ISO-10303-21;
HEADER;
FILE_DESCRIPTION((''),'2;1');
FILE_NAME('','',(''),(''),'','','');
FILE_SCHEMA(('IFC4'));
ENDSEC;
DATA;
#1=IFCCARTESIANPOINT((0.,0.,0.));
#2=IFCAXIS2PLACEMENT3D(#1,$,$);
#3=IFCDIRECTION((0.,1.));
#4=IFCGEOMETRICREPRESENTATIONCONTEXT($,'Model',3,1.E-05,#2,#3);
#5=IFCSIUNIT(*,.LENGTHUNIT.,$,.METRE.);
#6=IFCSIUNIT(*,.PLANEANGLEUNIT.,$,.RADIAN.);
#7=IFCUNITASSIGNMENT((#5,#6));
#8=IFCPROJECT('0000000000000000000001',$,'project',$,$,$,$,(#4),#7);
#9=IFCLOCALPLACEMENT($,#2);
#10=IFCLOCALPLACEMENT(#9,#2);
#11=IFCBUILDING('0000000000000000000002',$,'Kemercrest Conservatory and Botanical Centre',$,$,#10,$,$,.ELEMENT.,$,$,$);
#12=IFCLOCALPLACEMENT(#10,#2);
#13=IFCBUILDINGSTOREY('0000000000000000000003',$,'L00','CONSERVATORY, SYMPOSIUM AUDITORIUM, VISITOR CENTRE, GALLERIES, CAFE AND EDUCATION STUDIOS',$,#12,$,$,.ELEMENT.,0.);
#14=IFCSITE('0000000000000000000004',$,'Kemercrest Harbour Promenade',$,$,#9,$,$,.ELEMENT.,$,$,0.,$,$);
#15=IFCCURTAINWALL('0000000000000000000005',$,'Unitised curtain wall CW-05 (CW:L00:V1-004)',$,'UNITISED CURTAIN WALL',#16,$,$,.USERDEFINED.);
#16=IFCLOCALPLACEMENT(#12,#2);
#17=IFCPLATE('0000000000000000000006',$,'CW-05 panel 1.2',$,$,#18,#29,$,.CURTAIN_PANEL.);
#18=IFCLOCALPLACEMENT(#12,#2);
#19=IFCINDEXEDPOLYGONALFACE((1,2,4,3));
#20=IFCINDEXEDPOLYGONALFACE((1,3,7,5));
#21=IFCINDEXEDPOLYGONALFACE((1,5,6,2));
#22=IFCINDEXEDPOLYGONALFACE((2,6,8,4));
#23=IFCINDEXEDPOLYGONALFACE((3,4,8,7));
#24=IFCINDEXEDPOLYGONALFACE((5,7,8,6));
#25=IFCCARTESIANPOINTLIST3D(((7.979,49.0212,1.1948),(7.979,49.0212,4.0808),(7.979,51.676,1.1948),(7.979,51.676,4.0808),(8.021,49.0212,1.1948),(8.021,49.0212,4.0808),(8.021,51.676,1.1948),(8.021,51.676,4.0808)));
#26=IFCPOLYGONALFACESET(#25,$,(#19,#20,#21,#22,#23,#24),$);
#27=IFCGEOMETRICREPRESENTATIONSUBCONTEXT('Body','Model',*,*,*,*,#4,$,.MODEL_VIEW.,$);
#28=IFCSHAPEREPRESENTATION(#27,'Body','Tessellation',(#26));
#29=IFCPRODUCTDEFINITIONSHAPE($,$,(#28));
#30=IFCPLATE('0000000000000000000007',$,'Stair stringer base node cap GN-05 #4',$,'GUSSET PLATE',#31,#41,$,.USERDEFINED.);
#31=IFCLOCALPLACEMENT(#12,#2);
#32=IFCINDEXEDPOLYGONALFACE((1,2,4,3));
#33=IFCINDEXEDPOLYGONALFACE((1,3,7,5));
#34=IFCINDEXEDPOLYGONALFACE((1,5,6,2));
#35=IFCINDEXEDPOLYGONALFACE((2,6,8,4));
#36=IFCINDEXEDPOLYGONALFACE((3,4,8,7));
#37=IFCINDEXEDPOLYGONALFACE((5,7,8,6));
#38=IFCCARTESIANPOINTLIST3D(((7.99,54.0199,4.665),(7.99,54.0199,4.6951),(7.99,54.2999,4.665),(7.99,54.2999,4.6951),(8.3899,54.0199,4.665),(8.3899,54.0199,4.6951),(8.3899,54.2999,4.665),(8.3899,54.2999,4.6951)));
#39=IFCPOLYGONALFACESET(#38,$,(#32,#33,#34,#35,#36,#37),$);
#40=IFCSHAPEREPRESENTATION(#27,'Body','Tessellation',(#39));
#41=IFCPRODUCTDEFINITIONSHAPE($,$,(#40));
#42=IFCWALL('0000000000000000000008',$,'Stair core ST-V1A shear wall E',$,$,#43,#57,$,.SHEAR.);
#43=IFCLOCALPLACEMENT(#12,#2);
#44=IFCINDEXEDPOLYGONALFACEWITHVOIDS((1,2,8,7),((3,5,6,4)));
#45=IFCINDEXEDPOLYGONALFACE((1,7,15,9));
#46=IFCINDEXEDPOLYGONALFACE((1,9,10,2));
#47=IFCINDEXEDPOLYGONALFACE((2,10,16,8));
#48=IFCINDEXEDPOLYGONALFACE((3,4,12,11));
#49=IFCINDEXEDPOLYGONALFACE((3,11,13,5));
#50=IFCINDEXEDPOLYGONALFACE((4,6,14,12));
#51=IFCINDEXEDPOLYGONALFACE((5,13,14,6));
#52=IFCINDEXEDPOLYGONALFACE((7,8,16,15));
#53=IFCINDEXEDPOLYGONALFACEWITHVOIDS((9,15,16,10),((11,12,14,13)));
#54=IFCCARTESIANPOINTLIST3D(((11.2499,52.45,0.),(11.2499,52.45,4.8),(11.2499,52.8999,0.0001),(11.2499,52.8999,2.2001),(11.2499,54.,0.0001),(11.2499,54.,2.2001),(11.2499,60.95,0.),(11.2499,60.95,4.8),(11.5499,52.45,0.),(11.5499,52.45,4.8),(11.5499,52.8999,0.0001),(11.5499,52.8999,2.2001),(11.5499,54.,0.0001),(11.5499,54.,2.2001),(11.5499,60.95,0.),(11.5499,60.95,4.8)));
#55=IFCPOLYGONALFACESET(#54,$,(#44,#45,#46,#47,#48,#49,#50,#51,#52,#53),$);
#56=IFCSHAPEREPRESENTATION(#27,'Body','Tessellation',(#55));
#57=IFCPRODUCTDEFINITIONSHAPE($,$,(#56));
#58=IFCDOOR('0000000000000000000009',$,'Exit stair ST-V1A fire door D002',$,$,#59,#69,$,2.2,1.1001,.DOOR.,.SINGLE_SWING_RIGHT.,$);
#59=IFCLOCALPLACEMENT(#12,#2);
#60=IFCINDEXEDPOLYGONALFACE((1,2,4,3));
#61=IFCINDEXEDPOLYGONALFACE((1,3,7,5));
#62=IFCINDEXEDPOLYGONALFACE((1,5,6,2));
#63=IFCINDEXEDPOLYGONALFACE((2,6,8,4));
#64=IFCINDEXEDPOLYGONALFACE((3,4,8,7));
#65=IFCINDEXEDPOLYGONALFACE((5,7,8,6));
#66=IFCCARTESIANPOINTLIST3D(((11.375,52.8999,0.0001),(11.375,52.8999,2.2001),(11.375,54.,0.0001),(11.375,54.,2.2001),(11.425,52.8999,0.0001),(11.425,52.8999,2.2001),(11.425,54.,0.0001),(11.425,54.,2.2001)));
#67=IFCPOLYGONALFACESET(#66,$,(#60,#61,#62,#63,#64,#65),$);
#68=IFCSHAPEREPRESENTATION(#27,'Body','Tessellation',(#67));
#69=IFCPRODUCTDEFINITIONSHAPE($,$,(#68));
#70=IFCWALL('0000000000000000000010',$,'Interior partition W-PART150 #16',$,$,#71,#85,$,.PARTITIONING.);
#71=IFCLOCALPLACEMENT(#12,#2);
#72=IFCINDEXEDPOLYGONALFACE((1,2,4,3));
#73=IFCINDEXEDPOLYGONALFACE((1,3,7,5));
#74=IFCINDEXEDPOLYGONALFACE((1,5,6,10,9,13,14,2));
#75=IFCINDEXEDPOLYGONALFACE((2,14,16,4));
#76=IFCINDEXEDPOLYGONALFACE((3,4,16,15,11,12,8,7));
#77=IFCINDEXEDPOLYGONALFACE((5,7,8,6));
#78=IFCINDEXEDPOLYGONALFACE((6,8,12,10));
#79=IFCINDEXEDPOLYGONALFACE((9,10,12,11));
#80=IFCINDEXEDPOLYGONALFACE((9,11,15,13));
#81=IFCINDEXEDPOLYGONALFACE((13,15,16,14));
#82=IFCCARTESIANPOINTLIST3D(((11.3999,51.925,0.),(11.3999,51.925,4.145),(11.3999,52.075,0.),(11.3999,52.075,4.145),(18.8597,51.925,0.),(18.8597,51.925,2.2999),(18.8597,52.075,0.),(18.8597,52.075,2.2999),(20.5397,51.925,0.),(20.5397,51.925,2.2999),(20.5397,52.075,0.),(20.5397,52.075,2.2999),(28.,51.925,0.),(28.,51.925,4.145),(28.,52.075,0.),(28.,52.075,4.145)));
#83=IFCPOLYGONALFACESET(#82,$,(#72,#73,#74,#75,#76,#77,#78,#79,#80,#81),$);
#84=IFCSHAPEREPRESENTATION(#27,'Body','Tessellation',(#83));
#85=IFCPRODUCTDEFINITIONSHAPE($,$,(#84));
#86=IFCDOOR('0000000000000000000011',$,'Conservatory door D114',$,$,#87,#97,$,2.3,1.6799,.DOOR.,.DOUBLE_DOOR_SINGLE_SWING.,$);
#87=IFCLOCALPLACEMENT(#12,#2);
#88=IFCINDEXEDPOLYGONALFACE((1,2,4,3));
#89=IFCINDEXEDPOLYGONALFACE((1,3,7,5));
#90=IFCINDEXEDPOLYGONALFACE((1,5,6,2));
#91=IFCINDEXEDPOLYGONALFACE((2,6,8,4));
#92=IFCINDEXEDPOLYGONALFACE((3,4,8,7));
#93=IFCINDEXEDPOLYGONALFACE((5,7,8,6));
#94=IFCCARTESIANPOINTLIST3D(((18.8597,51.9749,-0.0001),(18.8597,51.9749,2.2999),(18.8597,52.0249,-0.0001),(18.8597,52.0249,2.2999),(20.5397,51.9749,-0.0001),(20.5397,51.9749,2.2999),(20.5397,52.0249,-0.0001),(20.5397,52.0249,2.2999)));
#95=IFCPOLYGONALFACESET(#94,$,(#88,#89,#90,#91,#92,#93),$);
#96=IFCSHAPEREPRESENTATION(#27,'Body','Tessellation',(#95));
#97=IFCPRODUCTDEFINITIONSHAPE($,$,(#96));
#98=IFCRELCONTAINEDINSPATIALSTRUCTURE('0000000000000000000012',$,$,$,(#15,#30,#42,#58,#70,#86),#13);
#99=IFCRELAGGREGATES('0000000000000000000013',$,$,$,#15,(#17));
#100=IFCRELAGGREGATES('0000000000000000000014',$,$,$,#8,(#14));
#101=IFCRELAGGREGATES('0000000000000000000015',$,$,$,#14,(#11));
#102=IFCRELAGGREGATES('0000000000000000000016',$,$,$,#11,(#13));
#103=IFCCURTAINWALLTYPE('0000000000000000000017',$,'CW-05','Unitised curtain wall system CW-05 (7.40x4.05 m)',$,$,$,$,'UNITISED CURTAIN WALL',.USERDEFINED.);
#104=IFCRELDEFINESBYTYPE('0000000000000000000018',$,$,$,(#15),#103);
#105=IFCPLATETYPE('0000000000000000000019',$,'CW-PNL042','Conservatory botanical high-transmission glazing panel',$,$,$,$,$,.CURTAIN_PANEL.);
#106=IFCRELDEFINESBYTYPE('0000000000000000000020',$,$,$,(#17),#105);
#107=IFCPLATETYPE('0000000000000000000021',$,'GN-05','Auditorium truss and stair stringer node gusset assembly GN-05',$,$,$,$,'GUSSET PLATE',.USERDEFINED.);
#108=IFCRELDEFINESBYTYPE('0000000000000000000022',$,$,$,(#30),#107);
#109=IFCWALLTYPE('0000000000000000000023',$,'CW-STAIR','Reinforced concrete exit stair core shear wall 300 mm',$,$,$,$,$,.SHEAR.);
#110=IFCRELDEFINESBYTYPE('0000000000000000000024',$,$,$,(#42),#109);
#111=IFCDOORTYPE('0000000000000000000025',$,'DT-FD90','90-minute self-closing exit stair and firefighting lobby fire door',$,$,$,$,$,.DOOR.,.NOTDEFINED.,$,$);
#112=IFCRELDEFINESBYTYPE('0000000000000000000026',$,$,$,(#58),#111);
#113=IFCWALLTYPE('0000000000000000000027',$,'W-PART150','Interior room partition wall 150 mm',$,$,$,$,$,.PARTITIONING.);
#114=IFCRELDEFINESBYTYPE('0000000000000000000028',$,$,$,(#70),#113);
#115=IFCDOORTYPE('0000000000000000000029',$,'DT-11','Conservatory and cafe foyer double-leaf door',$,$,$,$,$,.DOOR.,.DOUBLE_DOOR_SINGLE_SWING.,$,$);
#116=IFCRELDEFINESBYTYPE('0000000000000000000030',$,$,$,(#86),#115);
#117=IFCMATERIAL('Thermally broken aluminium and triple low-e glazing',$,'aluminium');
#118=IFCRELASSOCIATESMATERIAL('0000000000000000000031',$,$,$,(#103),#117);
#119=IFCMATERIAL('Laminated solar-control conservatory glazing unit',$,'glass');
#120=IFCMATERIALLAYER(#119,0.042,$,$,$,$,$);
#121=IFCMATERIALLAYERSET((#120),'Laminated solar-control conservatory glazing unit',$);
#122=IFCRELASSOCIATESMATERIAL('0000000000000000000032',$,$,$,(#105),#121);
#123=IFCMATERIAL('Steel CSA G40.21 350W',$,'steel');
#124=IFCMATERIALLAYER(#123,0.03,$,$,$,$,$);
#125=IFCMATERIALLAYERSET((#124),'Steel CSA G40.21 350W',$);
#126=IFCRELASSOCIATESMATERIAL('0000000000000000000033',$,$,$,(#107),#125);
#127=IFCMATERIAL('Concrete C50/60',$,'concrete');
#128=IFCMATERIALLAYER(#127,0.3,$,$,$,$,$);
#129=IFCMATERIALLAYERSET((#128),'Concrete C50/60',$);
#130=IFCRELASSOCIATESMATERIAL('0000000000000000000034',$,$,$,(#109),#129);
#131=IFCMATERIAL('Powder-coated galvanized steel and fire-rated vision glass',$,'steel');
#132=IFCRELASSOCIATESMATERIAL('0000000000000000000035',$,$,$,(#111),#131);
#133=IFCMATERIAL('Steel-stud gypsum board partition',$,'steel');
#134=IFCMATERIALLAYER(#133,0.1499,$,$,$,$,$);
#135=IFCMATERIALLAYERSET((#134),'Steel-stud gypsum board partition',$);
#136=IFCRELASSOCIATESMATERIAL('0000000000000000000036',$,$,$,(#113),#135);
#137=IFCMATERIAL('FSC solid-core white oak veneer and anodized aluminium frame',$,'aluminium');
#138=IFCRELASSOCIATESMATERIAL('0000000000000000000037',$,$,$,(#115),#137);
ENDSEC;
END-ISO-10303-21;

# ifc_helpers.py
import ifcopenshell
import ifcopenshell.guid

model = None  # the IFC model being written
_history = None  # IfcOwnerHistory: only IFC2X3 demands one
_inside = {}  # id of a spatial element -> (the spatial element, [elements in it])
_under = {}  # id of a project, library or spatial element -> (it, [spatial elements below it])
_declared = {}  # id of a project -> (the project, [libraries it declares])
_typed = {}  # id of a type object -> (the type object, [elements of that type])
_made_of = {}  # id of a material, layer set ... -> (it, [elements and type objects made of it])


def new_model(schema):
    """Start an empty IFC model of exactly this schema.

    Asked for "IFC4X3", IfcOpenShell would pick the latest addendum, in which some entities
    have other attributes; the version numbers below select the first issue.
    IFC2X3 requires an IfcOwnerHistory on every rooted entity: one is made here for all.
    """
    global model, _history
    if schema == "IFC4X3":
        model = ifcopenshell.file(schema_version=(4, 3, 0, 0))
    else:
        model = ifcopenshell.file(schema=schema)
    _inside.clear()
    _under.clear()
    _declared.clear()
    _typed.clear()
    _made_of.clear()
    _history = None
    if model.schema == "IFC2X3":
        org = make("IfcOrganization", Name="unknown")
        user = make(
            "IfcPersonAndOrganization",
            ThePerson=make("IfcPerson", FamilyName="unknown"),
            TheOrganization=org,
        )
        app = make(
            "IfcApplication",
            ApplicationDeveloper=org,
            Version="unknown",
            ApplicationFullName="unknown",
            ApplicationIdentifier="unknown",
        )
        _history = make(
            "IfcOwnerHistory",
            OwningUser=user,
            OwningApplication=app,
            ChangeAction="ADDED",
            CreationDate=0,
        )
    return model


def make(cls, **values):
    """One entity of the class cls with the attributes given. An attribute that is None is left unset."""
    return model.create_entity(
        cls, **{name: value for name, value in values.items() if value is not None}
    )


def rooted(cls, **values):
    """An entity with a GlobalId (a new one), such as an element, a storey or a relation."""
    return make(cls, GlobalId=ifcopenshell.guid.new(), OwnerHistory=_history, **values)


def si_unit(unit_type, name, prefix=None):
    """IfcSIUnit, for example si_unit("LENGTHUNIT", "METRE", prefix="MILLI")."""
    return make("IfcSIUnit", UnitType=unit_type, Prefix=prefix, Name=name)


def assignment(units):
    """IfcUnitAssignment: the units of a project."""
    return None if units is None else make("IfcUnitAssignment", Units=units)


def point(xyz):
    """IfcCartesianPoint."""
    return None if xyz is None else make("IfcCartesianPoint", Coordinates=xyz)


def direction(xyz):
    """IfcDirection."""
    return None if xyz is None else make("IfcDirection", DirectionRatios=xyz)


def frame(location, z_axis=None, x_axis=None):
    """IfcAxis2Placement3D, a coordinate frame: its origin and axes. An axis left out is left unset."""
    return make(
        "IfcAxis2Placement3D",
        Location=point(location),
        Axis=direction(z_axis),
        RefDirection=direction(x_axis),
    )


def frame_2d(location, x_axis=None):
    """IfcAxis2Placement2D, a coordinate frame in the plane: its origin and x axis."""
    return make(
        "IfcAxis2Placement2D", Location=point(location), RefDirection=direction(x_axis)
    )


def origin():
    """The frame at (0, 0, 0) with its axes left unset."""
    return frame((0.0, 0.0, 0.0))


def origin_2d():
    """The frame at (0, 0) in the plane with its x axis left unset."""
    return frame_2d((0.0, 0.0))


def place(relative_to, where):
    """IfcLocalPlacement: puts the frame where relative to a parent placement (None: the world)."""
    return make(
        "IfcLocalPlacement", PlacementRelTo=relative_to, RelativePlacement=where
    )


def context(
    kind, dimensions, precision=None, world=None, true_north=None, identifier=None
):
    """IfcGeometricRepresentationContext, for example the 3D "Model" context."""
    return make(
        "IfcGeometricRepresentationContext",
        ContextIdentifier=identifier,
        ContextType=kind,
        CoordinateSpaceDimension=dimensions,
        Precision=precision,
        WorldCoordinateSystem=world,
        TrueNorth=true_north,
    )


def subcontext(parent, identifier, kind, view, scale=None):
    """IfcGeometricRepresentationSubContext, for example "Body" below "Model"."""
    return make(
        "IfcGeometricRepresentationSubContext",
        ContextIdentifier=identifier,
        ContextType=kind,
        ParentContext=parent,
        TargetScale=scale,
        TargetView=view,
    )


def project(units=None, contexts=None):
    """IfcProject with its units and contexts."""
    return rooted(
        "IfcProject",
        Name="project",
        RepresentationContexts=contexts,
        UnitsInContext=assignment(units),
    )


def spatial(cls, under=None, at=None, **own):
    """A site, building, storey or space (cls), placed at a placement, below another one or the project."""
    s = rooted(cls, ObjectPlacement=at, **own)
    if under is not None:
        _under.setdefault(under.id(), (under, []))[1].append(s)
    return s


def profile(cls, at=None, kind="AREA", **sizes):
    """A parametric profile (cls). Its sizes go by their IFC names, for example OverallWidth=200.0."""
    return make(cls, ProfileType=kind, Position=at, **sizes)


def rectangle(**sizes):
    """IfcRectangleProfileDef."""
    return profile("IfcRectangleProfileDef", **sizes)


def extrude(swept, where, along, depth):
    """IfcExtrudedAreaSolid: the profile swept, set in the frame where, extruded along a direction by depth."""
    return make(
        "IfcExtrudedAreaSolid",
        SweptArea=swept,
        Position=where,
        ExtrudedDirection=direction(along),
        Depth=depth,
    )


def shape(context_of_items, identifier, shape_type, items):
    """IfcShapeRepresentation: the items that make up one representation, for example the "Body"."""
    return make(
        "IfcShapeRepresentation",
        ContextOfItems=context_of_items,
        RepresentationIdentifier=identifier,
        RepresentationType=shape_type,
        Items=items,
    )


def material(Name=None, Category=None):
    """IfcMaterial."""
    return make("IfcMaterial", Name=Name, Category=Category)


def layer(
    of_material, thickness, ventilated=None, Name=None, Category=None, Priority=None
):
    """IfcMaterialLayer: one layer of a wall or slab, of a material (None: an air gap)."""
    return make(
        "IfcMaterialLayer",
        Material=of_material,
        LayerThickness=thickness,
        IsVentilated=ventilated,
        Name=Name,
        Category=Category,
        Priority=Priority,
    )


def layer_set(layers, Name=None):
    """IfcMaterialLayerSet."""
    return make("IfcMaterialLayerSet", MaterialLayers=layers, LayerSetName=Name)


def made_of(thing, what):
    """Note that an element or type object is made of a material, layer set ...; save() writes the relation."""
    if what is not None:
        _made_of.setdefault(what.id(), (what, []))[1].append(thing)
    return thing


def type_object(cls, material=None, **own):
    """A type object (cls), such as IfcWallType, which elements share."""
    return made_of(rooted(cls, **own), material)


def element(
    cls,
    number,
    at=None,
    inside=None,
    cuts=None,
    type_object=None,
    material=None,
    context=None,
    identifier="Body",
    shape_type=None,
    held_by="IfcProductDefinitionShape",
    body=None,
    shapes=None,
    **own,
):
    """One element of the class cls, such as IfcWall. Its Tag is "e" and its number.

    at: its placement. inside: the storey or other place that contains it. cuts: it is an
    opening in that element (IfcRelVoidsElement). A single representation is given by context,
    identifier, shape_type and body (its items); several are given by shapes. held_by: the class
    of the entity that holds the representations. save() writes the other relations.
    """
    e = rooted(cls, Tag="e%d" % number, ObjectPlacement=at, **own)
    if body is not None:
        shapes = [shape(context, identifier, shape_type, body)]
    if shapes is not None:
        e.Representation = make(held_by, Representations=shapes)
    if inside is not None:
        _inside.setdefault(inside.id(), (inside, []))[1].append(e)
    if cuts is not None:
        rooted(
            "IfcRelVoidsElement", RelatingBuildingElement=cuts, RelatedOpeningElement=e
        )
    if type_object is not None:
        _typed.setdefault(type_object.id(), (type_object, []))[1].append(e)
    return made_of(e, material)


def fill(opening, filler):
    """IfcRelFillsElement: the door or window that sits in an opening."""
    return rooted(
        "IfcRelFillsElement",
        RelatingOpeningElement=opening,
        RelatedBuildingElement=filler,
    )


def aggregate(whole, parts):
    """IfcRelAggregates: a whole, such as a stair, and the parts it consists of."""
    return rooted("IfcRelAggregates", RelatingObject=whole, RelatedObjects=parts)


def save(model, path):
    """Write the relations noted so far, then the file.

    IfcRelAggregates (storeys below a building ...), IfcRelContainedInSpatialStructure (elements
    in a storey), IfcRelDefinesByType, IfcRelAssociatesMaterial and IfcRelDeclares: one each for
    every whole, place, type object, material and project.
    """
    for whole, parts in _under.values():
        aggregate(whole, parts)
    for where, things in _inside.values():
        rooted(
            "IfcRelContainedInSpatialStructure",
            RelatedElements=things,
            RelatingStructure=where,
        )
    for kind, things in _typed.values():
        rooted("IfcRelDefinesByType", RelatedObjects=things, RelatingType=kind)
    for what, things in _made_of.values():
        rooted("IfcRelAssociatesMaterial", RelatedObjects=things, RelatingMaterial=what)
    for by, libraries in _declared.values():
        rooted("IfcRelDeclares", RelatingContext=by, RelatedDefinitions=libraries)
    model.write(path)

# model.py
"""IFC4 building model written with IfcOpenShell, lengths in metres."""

from ifc_helpers import new_model, si_unit, direction, frame, frame_2d, origin, origin_2d, place, context, subcontext, project, spatial, rectangle, extrude, material, layer, layer_set, type_object, element, fill, aggregate, save


model = new_model("IFC4")

# Units and contexts
model_context = context("Model", 3, precision=1e-05, world=origin(), true_north=direction((0.0, 1.0)))
body_context = subcontext(model_context, "Body", "Model", "MODEL_VIEW")
ifc_project = project(units=[si_unit("LENGTHUNIT", "METRE"), si_unit("PLANEANGLEUNIT", "RADIAN")], contexts=[model_context])

# Site, building, storey
site_placement = place(None, origin())
site = spatial("IfcSite", under=ifc_project, at=site_placement, Name="Kemercrest Harbour Promenade", CompositionType="ELEMENT", RefElevation=0.0)
building_placement = place(site_placement, origin())
building = spatial("IfcBuilding", under=site, at=building_placement, Name="Kemercrest Conservatory and Botanical Centre", CompositionType="ELEMENT")
storey_placement = place(building_placement, origin())
storey = spatial("IfcBuildingStorey", under=building, at=storey_placement, Name="L00", Description="CONSERVATORY, SYMPOSIUM AUDITORIUM, VISITOR CENTRE, GALLERIES, CAFE AND EDUCATION STUDIOS", CompositionType="ELEMENT", Elevation=0.0)

# Shared definitions
ifc_material_1 = material(Name="Steel CSA G40.21 350W", Category="steel")

# Curtain wall
ifc_material_2 = material(Name="Thermally broken aluminium and triple low-e glazing", Category="aluminium")
curtain_wall_type = type_object("IfcCurtainWallType", Name="CW-05", Description="Unitised curtain wall system CW-05 (7.40x4.05 m)", ElementType="UNITISED CURTAIN WALL", PredefinedType="USERDEFINED", material=ifc_material_2)
curtain_wall_placement = place(storey_placement, origin())
curtain_wall = element("IfcCurtainWall", 1, at=curtain_wall_placement, inside=storey, type_object=curtain_wall_type, Name="Unitised curtain wall CW-05 (CW:L00:V1-004)", ObjectType="UNITISED CURTAIN WALL", PredefinedType="USERDEFINED")

# Plates
ifc_material_3 = material(Name="Laminated solar-control conservatory glazing unit", Category="glass")
ifc_layer_1 = layer(ifc_material_3, 0.042)
ifc_layer_set_1 = layer_set([ifc_layer_1], Name="Laminated solar-control conservatory glazing unit")
plate_type_1 = type_object("IfcPlateType", Name="CW-PNL042", Description="Conservatory botanical high-transmission glazing panel", PredefinedType="CURTAIN_PANEL", material=ifc_layer_set_1)
plate_1_placement = place(storey_placement, frame((8.0, 50.3486, 1.1948), z_axis=(0.0, 0.0, 1.0), x_axis=(0.0, -1.0, 0.0)))
plate_1 = element("IfcPlate", 2, at=plate_1_placement, type_object=plate_type_1, Name="CW-05 panel 1.2", PredefinedType="CURTAIN_PANEL", context=body_context, shape_type="SweptSolid", body=[
    extrude(rectangle(XDim=2.6548, YDim=0.042, at=origin_2d()), origin(), (0.0, 0.0, 1.0), 2.886),
])
aggregate(curtain_wall, [plate_1])
ifc_layer_2 = layer(ifc_material_1, 0.03)
ifc_layer_set_2 = layer_set([ifc_layer_2], Name="Steel CSA G40.21 350W")
plate_type_2 = type_object("IfcPlateType", Name="GN-05", Description="Auditorium truss and stair stringer node gusset assembly GN-05", ElementType="GUSSET PLATE", PredefinedType="USERDEFINED", material=ifc_layer_set_2)
plate_2_placement = place(storey_placement, frame((8.1899, 54.1599, 4.665), z_axis=(0.0, 0.0, 1.0), x_axis=(1.0, 0.0, 0.0)))
element("IfcPlate", 3, at=plate_2_placement, inside=storey, type_object=plate_type_2, Name="Stair stringer base node cap GN-05 #4", ObjectType="GUSSET PLATE", PredefinedType="USERDEFINED", context=body_context, shape_type="SweptSolid", body=[
    extrude(rectangle(XDim=0.3999, YDim=0.28, at=origin_2d()), origin(), (0.0, 0.0, 1.0), 0.03),
])

# Walls, openings, doors
ifc_material_4 = material(Name="Concrete C50/60", Category="concrete")
ifc_layer_3 = layer(ifc_material_4, 0.3)
ifc_layer_set_3 = layer_set([ifc_layer_3], Name="Concrete C50/60")
wall_type_1 = type_object("IfcWallType", Name="CW-STAIR", Description="Reinforced concrete exit stair core shear wall 300 mm", PredefinedType="SHEAR", material=ifc_layer_set_3)
wall_1_placement = place(storey_placement, frame((11.3999, 52.45, 0.0), z_axis=(0.0, 0.0, 1.0), x_axis=(0.0, 1.0, 0.0)))
wall_1 = element("IfcWall", 4, at=wall_1_placement, inside=storey, type_object=wall_type_1, Name="Stair core ST-V1A shear wall E", PredefinedType="SHEAR", context=body_context, shape_type="SweptSolid", body=[
    extrude(rectangle(XDim=8.5, YDim=0.3, at=frame_2d((4.25, 0.0))), origin(), (0.0, 0.0, 1.0), 4.8),
])
opening_1_placement = place(wall_1_placement, frame((0.45, 0.0, 0.0)))
opening_1 = element("IfcOpeningElement", 5, at=opening_1_placement, cuts=wall_1, PredefinedType="OPENING", context=body_context, shape_type="SweptSolid", body=[
    extrude(rectangle(XDim=1.1001, YDim=2.2, at=frame_2d((0.55, 1.1001))), frame((0.0, 0.1602, 0.0), z_axis=(0.0, -1.0, 0.0), x_axis=(1.0, 0.0, 0.0)), (0.0, 0.0, 1.0), 0.3201),
])
ifc_material_5 = material(Name="Powder-coated galvanized steel and fire-rated vision glass", Category="steel")
door_type_1 = type_object("IfcDoorType", Name="DT-FD90", Description="90-minute self-closing exit stair and firefighting lobby fire door", OperationType="NOTDEFINED", PredefinedType="DOOR", material=ifc_material_5)
door_1_placement = place(opening_1_placement, origin())
door_1 = element("IfcDoor", 6, at=door_1_placement, inside=storey, type_object=door_type_1, Name="Exit stair ST-V1A fire door D002", OperationType="SINGLE_SWING_RIGHT", OverallHeight=2.2, OverallWidth=1.1001, PredefinedType="DOOR", context=body_context, shape_type="SweptSolid", body=[
    extrude(rectangle(XDim=1.1001, YDim=2.2, at=frame_2d((0.55, 1.1001))), frame((0.0, 0.0249, 0.0), z_axis=(0.0, -1.0, 0.0), x_axis=(1.0, 0.0, 0.0)), (0.0, 0.0, 1.0), 0.05),
])
fill(opening_1, door_1)
ifc_material_6 = material(Name="Steel-stud gypsum board partition", Category="steel")
ifc_layer_4 = layer(ifc_material_6, 0.1499)
ifc_layer_set_4 = layer_set([ifc_layer_4], Name="Steel-stud gypsum board partition")
wall_type_2 = type_object("IfcWallType", Name="W-PART150", Description="Interior room partition wall 150 mm", PredefinedType="PARTITIONING", material=ifc_layer_set_4)
wall_2_placement = place(storey_placement, frame((11.3999, 52.0, 0.0), z_axis=(0.0, 0.0, 1.0), x_axis=(1.0, 0.0, 0.0)))
wall_2 = element("IfcWall", 7, at=wall_2_placement, inside=storey, type_object=wall_type_2, Name="Interior partition W-PART150 #16", PredefinedType="PARTITIONING", context=body_context, shape_type="SweptSolid", body=[
    extrude(rectangle(XDim=16.6001, YDim=0.1499, at=frame_2d((8.3, 0.0))), origin(), (0.0, 0.0, 1.0), 4.145),
])
opening_2_placement = place(wall_2_placement, frame((7.46, 0.0, 0.0)))
opening_2 = element("IfcOpeningElement", 8, at=opening_2_placement, cuts=wall_2, PredefinedType="OPENING", context=body_context, shape_type="SweptSolid", body=[
    extrude(rectangle(XDim=1.6799, YDim=2.3, at=frame_2d((0.8398, 1.1499))), frame((0.0, 0.085, 0.0), z_axis=(0.0, -1.0, 0.0), x_axis=(1.0, 0.0, 0.0)), (0.0, 0.0, 1.0), 0.1699),
])
ifc_material_7 = material(Name="FSC solid-core white oak veneer and anodized aluminium frame", Category="aluminium")
door_type_2 = type_object("IfcDoorType", Name="DT-11", Description="Conservatory and cafe foyer double-leaf door", OperationType="DOUBLE_DOOR_SINGLE_SWING", PredefinedType="DOOR", material=ifc_material_7)
door_2_placement = place(opening_2_placement, origin())
door_2 = element("IfcDoor", 9, at=door_2_placement, inside=storey, type_object=door_type_2, Name="Conservatory door D114", OperationType="DOUBLE_DOOR_SINGLE_SWING", OverallHeight=2.3, OverallWidth=1.6799, PredefinedType="DOOR", context=body_context, shape_type="SweptSolid", body=[
    extrude(rectangle(XDim=1.6799, YDim=2.3, at=frame_2d((0.8398, 1.1499))), frame((0.0, 0.0249, 0.0), z_axis=(0.0, -1.0, 0.0), x_axis=(1.0, 0.0, 0.0)), (0.0, 0.0, 1.0), 0.05),
])
fill(opening_2, door_2)

save(model, "model.ifc")
